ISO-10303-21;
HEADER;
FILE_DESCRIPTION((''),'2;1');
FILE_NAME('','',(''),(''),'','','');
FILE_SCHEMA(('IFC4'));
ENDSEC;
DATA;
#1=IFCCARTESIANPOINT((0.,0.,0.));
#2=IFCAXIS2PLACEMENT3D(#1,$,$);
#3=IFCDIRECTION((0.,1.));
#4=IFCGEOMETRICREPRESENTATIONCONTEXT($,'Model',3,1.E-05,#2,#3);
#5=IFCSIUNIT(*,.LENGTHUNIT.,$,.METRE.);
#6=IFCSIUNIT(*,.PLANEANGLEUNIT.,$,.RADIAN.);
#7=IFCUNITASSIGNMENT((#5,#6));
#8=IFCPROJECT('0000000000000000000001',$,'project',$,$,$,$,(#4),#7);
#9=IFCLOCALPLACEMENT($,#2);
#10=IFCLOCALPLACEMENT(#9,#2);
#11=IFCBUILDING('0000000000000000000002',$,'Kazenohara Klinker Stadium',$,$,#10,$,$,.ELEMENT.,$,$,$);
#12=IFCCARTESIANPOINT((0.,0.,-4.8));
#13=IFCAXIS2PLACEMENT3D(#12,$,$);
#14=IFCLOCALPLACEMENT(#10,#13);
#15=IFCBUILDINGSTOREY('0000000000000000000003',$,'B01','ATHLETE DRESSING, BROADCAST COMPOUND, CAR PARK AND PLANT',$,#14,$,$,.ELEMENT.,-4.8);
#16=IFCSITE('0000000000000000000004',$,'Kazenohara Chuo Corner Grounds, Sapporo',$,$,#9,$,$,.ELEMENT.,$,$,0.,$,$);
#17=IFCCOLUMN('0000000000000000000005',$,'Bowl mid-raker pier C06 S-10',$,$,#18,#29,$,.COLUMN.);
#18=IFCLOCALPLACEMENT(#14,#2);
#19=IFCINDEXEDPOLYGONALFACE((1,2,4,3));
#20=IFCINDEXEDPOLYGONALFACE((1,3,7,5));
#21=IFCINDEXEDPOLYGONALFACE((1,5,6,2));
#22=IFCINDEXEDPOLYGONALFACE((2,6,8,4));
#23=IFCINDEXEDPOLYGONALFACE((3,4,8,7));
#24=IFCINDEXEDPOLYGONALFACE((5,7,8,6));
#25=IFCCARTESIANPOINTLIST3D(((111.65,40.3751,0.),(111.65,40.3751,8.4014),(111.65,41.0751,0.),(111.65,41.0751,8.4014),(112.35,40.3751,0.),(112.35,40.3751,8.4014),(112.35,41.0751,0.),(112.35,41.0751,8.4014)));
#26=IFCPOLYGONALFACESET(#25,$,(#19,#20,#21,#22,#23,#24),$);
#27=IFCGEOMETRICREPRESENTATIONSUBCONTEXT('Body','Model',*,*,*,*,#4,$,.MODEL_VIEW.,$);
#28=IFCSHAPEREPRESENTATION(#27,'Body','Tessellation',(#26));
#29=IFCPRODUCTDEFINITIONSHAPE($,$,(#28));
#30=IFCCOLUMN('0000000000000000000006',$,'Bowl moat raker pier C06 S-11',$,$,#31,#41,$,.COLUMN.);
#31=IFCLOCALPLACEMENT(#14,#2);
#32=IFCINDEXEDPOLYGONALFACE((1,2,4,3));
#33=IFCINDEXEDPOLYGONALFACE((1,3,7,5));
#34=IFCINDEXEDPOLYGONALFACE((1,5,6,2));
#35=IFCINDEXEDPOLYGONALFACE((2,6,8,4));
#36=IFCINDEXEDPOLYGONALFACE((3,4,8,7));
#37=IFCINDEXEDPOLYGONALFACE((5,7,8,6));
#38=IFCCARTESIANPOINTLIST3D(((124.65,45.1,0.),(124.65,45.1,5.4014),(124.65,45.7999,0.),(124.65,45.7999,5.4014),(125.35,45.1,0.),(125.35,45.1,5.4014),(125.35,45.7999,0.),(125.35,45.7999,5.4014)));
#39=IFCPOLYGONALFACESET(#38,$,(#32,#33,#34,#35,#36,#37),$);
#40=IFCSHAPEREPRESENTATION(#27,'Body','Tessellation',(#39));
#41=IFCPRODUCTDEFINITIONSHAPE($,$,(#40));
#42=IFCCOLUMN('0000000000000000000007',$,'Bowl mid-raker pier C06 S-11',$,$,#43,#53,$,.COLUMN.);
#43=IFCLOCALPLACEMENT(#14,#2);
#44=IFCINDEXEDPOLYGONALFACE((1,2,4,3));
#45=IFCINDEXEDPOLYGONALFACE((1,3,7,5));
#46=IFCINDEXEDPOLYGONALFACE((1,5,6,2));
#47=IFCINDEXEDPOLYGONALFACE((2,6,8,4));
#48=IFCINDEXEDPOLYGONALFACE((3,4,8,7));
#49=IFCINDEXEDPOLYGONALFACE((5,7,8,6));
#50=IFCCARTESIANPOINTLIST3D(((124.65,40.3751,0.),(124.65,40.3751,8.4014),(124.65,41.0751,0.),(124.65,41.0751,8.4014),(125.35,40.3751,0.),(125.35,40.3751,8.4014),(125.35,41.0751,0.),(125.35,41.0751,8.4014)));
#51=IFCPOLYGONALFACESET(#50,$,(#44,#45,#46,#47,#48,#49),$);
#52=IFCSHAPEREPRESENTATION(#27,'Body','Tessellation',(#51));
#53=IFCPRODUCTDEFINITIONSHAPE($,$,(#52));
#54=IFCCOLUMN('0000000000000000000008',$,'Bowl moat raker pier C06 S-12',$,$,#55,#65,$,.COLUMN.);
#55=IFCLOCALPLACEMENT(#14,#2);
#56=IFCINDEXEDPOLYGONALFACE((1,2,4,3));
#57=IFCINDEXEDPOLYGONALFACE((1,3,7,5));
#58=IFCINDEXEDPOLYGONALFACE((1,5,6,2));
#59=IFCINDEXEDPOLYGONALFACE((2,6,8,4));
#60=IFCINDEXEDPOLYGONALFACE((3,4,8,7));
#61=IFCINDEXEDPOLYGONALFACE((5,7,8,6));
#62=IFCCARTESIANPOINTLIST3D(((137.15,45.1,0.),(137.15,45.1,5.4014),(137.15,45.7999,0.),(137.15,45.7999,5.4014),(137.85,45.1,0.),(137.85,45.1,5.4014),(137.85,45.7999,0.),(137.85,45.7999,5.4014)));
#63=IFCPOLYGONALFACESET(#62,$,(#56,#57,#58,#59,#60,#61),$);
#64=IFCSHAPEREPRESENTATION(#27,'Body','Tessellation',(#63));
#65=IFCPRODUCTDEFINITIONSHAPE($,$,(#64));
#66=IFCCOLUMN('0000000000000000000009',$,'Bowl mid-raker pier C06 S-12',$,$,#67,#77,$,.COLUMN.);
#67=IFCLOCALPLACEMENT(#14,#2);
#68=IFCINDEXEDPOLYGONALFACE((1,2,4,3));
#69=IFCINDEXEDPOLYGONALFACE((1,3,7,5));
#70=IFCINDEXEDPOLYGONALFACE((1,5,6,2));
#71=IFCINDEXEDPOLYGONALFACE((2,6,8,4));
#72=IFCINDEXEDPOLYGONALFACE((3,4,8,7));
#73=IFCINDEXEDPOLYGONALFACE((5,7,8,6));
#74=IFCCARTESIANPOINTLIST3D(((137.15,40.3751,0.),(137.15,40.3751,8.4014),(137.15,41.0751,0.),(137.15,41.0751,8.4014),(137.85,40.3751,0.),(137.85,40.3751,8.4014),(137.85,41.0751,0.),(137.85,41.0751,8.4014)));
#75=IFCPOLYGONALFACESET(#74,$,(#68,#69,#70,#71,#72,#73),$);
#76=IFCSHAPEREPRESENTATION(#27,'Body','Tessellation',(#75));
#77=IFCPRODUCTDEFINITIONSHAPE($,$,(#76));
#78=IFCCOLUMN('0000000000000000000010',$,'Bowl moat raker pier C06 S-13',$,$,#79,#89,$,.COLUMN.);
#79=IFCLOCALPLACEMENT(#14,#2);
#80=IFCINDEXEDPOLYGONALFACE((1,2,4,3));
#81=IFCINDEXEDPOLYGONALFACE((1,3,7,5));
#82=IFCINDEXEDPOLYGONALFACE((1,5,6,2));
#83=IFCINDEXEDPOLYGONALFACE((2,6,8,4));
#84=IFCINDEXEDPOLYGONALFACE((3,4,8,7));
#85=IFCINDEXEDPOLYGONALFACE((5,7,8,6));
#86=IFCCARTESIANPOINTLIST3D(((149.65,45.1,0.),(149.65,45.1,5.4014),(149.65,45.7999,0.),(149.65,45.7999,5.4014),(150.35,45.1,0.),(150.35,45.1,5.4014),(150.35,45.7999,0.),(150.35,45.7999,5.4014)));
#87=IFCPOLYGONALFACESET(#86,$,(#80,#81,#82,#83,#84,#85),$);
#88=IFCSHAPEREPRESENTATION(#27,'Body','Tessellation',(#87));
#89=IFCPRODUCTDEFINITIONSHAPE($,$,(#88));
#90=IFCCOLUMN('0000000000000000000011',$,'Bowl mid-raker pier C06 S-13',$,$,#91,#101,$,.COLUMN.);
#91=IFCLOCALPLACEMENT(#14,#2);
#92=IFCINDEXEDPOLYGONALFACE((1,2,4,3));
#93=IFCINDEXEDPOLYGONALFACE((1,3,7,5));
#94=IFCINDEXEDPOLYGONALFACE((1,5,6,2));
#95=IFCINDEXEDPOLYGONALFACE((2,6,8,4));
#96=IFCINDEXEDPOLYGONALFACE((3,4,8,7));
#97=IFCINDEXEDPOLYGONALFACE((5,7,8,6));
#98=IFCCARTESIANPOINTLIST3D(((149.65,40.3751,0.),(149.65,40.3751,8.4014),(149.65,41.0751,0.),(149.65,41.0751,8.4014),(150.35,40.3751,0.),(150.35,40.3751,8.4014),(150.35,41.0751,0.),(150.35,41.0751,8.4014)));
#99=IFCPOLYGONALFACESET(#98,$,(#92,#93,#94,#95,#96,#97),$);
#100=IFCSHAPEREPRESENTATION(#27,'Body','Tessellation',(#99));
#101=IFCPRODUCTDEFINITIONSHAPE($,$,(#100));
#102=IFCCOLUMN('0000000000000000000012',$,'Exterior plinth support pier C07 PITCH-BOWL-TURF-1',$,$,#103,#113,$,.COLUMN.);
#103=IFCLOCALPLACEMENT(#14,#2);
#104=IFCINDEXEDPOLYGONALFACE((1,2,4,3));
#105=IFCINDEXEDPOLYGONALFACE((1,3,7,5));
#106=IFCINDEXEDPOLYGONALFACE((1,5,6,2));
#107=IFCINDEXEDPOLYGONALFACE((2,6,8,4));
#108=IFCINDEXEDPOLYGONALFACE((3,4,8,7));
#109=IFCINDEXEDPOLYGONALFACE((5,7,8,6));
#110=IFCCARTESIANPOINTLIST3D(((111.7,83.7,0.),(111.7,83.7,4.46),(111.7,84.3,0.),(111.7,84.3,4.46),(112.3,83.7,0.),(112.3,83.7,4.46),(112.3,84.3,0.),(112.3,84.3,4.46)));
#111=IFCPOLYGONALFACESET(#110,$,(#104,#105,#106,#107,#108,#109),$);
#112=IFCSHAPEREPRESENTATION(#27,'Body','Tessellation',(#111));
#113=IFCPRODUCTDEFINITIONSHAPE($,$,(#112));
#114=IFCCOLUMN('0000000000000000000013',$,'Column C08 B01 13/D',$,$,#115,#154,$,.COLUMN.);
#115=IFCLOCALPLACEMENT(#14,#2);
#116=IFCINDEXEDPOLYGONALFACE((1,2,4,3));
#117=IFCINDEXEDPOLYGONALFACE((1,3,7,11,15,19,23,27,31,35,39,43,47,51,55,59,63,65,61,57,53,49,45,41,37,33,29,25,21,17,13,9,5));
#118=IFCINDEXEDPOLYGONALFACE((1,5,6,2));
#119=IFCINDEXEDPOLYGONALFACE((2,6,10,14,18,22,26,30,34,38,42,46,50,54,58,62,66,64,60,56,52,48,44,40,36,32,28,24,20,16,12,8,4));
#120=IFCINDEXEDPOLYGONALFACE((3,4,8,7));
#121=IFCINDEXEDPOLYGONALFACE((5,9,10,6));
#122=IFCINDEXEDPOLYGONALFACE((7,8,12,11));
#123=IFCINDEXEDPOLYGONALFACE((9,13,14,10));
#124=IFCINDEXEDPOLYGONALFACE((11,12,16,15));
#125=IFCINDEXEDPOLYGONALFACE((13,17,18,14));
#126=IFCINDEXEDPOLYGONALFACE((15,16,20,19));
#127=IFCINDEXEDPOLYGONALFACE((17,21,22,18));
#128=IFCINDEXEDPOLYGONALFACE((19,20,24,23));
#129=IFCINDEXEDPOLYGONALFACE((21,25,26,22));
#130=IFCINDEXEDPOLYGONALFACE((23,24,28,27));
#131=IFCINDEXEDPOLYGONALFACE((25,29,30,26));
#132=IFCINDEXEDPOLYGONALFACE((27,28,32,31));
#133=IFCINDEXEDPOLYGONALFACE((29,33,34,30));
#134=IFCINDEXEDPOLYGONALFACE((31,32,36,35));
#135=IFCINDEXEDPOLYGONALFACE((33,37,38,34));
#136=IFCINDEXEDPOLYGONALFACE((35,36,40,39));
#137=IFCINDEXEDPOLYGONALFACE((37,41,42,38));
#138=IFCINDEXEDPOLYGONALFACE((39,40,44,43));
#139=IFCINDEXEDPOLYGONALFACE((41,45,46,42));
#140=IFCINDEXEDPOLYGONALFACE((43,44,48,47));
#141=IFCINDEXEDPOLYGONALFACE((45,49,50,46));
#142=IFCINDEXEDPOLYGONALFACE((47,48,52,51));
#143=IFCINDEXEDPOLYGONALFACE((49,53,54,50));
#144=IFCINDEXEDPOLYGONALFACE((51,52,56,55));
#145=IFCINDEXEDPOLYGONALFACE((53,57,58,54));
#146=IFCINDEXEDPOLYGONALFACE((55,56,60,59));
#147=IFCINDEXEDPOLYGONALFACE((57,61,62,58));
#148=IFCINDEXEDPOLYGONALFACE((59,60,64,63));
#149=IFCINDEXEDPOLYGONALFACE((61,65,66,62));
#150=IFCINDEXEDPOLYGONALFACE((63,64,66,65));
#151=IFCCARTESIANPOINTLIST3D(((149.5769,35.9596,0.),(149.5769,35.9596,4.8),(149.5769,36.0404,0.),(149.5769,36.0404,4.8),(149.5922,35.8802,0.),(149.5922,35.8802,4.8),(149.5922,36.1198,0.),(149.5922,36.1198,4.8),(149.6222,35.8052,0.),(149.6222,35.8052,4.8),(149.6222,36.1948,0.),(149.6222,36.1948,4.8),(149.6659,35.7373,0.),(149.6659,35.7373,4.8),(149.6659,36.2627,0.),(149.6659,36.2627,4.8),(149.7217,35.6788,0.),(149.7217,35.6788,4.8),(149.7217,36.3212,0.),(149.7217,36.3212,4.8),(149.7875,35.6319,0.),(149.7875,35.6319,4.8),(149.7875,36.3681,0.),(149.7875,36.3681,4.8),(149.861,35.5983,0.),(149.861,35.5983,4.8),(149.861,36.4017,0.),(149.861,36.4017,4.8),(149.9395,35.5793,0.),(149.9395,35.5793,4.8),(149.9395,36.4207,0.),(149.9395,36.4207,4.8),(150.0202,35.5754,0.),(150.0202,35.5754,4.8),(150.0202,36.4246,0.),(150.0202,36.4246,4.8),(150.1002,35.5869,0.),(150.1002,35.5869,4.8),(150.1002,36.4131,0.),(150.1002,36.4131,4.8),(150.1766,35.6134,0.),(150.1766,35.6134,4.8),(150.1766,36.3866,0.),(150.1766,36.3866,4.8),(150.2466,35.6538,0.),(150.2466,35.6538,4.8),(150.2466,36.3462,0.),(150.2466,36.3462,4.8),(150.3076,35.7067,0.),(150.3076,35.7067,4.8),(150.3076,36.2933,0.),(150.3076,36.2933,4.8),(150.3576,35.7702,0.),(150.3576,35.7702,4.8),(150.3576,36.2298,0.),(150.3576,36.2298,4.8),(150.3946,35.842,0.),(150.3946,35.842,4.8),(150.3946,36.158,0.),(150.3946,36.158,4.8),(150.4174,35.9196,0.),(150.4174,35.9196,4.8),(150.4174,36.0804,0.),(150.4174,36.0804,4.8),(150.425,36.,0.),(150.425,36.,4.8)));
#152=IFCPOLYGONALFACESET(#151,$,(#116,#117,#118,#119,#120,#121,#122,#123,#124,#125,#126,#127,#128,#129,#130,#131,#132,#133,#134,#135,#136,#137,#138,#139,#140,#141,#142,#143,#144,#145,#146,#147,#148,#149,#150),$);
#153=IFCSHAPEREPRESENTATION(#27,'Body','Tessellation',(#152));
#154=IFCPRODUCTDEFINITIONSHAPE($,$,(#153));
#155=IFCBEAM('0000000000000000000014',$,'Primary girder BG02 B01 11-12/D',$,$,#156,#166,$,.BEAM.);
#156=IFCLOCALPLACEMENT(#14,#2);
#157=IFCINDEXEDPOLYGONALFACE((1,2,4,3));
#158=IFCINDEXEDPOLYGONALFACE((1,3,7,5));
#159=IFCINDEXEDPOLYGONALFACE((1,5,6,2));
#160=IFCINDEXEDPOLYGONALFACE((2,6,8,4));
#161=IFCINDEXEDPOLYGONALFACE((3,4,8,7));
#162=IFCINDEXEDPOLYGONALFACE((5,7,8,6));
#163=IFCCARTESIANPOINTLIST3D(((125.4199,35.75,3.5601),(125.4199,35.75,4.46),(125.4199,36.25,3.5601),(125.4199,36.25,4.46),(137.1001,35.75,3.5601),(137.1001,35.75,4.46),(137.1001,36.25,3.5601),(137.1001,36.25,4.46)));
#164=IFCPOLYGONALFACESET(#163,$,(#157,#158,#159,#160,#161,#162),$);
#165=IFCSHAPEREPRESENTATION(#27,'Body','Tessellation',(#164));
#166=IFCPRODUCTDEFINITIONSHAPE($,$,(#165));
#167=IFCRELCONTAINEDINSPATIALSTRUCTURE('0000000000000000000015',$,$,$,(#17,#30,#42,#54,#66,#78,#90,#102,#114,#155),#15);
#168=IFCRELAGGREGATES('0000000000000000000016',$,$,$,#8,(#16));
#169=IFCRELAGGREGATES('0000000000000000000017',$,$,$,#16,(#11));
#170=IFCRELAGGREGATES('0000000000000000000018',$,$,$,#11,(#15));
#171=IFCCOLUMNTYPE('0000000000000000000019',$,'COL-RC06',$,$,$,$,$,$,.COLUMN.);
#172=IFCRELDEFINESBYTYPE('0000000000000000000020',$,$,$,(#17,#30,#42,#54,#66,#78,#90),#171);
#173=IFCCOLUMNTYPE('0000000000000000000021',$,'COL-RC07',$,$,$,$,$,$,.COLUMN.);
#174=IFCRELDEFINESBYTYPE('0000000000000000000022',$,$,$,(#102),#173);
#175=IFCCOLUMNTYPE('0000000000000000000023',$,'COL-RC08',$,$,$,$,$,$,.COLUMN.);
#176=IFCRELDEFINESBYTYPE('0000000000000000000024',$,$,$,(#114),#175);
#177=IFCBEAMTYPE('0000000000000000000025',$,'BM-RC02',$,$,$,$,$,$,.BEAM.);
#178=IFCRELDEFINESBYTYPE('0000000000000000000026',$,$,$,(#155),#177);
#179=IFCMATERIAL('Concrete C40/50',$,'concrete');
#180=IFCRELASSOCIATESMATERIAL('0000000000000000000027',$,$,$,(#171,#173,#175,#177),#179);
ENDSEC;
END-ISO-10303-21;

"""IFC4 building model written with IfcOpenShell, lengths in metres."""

from ifc_helpers import new_model, si_unit, direction, frame, origin, origin_2d, place, context, subcontext, project, spatial, rectangle, circle, extrude, material, material_profile, profile_set, type_object, element, save


model = new_model("IFC4")

# Units and contexts
model_context = context("Model", 3, precision=1e-05, world=origin(), true_north=direction((0.0, 1.0)))
body_context = subcontext(model_context, "Body", "Model", "MODEL_VIEW")
ifc_project = project(units=[si_unit("LENGTHUNIT", "METRE"), si_unit("PLANEANGLEUNIT", "RADIAN")], contexts=[model_context])

# Site, building, storey
site_placement = place(None, origin())
site = spatial("IfcSite", under=ifc_project, at=site_placement, Name="Kazenohara Chuo Corner Grounds, Sapporo", CompositionType="ELEMENT", RefElevation=0.0)
building_placement = place(site_placement, origin())
building = spatial("IfcBuilding", under=site, at=building_placement, Name="Kazenohara Klinker Stadium", CompositionType="ELEMENT")
storey_placement = place(building_placement, frame((0.0, 0.0, -4.8)))
storey = spatial("IfcBuildingStorey", under=building, at=storey_placement, Name="B01", Description="ATHLETE DRESSING, BROADCAST COMPOUND, CAR PARK AND PLANT", CompositionType="ELEMENT", Elevation=-4.8)

# Columns
ifc_material_1 = material(Name="Concrete C40/50", Category="concrete")
ifc_material_profile_1 = material_profile(ifc_material_1, rectangle(XDim=0.7, YDim=0.7, at=origin_2d()), Name="RC-COL-700x700")
ifc_profile_set_1 = profile_set([ifc_material_profile_1], Name="Concrete C40/50")
column_type_1 = type_object("IfcColumnType", Name="COL-RC06", PredefinedType="COLUMN", material=ifc_profile_set_1)
column_1_placement = place(storey_placement, frame((112.0, 40.7251, 0.0), z_axis=(0.0, 0.0, 1.0), x_axis=(1.0, 0.0, 0.0)))
element("IfcColumn", 1, at=column_1_placement, inside=storey, type_object=column_type_1, Name="Bowl mid-raker pier C06 S-10", PredefinedType="COLUMN", context=body_context, shape_type="SweptSolid", body=[
    extrude(rectangle(XDim=0.7, YDim=0.7, at=origin_2d()), origin(), (0.0, 0.0, 1.0), 8.4014),
])
column_2_placement = place(storey_placement, frame((125.0, 45.45, 0.0), z_axis=(0.0, 0.0, 1.0), x_axis=(1.0, 0.0, 0.0)))
element("IfcColumn", 2, at=column_2_placement, inside=storey, type_object=column_type_1, Name="Bowl moat raker pier C06 S-11", PredefinedType="COLUMN", context=body_context, shape_type="SweptSolid", body=[
    extrude(rectangle(XDim=0.7, YDim=0.7, at=origin_2d()), origin(), (0.0, 0.0, 1.0), 5.4014),
])
column_3_placement = place(storey_placement, frame((125.0, 40.7251, 0.0), z_axis=(0.0, 0.0, 1.0), x_axis=(1.0, 0.0, 0.0)))
element("IfcColumn", 3, at=column_3_placement, inside=storey, type_object=column_type_1, Name="Bowl mid-raker pier C06 S-11", PredefinedType="COLUMN", context=body_context, shape_type="SweptSolid", body=[
    extrude(rectangle(XDim=0.7, YDim=0.7, at=origin_2d()), origin(), (0.0, 0.0, 1.0), 8.4014),
])
column_4_placement = place(storey_placement, frame((137.5, 45.45, 0.0), z_axis=(0.0, 0.0, 1.0), x_axis=(1.0, 0.0, 0.0)))
element("IfcColumn", 4, at=column_4_placement, inside=storey, type_object=column_type_1, Name="Bowl moat raker pier C06 S-12", PredefinedType="COLUMN", context=body_context, shape_type="SweptSolid", body=[
    extrude(rectangle(XDim=0.7, YDim=0.7, at=origin_2d()), origin(), (0.0, 0.0, 1.0), 5.4014),
])
column_5_placement = place(storey_placement, frame((137.5, 40.7251, 0.0), z_axis=(0.0, 0.0, 1.0), x_axis=(1.0, 0.0, 0.0)))
element("IfcColumn", 5, at=column_5_placement, inside=storey, type_object=column_type_1, Name="Bowl mid-raker pier C06 S-12", PredefinedType="COLUMN", context=body_context, shape_type="SweptSolid", body=[
    extrude(rectangle(XDim=0.7, YDim=0.7, at=origin_2d()), origin(), (0.0, 0.0, 1.0), 8.4014),
])
column_6_placement = place(storey_placement, frame((150.0, 45.45, 0.0), z_axis=(0.0, 0.0, 1.0), x_axis=(1.0, 0.0, 0.0)))
element("IfcColumn", 6, at=column_6_placement, inside=storey, type_object=column_type_1, Name="Bowl moat raker pier C06 S-13", PredefinedType="COLUMN", context=body_context, shape_type="SweptSolid", body=[
    extrude(rectangle(XDim=0.7, YDim=0.7, at=origin_2d()), origin(), (0.0, 0.0, 1.0), 5.4014),
])
column_7_placement = place(storey_placement, frame((150.0, 40.7251, 0.0), z_axis=(0.0, 0.0, 1.0), x_axis=(1.0, 0.0, 0.0)))
element("IfcColumn", 7, at=column_7_placement, inside=storey, type_object=column_type_1, Name="Bowl mid-raker pier C06 S-13", PredefinedType="COLUMN", context=body_context, shape_type="SweptSolid", body=[
    extrude(rectangle(XDim=0.7, YDim=0.7, at=origin_2d()), origin(), (0.0, 0.0, 1.0), 8.4014),
])
ifc_material_profile_2 = material_profile(ifc_material_1, rectangle(XDim=0.6001, YDim=0.6001, at=origin_2d()), Name="RC-COL-600x600")
ifc_profile_set_2 = profile_set([ifc_material_profile_2], Name="Concrete C40/50")
column_type_2 = type_object("IfcColumnType", Name="COL-RC07", PredefinedType="COLUMN", material=ifc_profile_set_2)
column_8_placement = place(storey_placement, frame((112.0, 84.0, 0.0), z_axis=(0.0, 0.0, 1.0), x_axis=(1.0, 0.0, 0.0)))
element("IfcColumn", 8, at=column_8_placement, inside=storey, type_object=column_type_2, Name="Exterior plinth support pier C07 PITCH-BOWL-TURF-1", PredefinedType="COLUMN", context=body_context, shape_type="SweptSolid", body=[
    extrude(rectangle(XDim=0.6001, YDim=0.6001, at=origin_2d()), origin(), (0.0, 0.0, 1.0), 4.46),
])
ifc_material_profile_3 = material_profile(ifc_material_1, circle(Radius=0.425, at=origin_2d()), Name="RC-COL-D850")
ifc_profile_set_3 = profile_set([ifc_material_profile_3], Name="Concrete C40/50")
column_type_3 = type_object("IfcColumnType", Name="COL-RC08", PredefinedType="COLUMN", material=ifc_profile_set_3)
column_9_placement = place(storey_placement, frame((150.0, 36.0, 0.0), z_axis=(0.0, 0.0, 1.0), x_axis=(1.0, 0.0, 0.0)))
element("IfcColumn", 9, at=column_9_placement, inside=storey, type_object=column_type_3, Name="Column C08 B01 13/D", PredefinedType="COLUMN", context=body_context, shape_type="SweptSolid", body=[
    extrude(circle(Radius=0.425, at=origin_2d()), origin(), (0.0, 0.0, 1.0), 4.8),
])

# Beam
ifc_material_profile_4 = material_profile(ifc_material_1, rectangle(XDim=0.5, YDim=0.8999, at=origin_2d()), Name="RC-BM-500x900")
ifc_profile_set_4 = profile_set([ifc_material_profile_4], Name="Concrete C40/50")
beam_type_1 = type_object("IfcBeamType", Name="BM-RC02", PredefinedType="BEAM", material=ifc_profile_set_4)
beam_1_placement = place(storey_placement, frame((125.4199, 36.0, 4.01), z_axis=(1.0, 0.0, 0.0), x_axis=(0.0, 1.0, 0.0)))
element("IfcBeam", 10, at=beam_1_placement, inside=storey, type_object=beam_type_1, Name="Primary girder BG02 B01 11-12/D", PredefinedType="BEAM", context=body_context, shape_type="SweptSolid", body=[
    extrude(rectangle(XDim=0.5, YDim=0.8999, at=origin_2d()), origin(), (0.0, 0.0, 1.0), 11.6802),
])

save(model, "model.ifc")
